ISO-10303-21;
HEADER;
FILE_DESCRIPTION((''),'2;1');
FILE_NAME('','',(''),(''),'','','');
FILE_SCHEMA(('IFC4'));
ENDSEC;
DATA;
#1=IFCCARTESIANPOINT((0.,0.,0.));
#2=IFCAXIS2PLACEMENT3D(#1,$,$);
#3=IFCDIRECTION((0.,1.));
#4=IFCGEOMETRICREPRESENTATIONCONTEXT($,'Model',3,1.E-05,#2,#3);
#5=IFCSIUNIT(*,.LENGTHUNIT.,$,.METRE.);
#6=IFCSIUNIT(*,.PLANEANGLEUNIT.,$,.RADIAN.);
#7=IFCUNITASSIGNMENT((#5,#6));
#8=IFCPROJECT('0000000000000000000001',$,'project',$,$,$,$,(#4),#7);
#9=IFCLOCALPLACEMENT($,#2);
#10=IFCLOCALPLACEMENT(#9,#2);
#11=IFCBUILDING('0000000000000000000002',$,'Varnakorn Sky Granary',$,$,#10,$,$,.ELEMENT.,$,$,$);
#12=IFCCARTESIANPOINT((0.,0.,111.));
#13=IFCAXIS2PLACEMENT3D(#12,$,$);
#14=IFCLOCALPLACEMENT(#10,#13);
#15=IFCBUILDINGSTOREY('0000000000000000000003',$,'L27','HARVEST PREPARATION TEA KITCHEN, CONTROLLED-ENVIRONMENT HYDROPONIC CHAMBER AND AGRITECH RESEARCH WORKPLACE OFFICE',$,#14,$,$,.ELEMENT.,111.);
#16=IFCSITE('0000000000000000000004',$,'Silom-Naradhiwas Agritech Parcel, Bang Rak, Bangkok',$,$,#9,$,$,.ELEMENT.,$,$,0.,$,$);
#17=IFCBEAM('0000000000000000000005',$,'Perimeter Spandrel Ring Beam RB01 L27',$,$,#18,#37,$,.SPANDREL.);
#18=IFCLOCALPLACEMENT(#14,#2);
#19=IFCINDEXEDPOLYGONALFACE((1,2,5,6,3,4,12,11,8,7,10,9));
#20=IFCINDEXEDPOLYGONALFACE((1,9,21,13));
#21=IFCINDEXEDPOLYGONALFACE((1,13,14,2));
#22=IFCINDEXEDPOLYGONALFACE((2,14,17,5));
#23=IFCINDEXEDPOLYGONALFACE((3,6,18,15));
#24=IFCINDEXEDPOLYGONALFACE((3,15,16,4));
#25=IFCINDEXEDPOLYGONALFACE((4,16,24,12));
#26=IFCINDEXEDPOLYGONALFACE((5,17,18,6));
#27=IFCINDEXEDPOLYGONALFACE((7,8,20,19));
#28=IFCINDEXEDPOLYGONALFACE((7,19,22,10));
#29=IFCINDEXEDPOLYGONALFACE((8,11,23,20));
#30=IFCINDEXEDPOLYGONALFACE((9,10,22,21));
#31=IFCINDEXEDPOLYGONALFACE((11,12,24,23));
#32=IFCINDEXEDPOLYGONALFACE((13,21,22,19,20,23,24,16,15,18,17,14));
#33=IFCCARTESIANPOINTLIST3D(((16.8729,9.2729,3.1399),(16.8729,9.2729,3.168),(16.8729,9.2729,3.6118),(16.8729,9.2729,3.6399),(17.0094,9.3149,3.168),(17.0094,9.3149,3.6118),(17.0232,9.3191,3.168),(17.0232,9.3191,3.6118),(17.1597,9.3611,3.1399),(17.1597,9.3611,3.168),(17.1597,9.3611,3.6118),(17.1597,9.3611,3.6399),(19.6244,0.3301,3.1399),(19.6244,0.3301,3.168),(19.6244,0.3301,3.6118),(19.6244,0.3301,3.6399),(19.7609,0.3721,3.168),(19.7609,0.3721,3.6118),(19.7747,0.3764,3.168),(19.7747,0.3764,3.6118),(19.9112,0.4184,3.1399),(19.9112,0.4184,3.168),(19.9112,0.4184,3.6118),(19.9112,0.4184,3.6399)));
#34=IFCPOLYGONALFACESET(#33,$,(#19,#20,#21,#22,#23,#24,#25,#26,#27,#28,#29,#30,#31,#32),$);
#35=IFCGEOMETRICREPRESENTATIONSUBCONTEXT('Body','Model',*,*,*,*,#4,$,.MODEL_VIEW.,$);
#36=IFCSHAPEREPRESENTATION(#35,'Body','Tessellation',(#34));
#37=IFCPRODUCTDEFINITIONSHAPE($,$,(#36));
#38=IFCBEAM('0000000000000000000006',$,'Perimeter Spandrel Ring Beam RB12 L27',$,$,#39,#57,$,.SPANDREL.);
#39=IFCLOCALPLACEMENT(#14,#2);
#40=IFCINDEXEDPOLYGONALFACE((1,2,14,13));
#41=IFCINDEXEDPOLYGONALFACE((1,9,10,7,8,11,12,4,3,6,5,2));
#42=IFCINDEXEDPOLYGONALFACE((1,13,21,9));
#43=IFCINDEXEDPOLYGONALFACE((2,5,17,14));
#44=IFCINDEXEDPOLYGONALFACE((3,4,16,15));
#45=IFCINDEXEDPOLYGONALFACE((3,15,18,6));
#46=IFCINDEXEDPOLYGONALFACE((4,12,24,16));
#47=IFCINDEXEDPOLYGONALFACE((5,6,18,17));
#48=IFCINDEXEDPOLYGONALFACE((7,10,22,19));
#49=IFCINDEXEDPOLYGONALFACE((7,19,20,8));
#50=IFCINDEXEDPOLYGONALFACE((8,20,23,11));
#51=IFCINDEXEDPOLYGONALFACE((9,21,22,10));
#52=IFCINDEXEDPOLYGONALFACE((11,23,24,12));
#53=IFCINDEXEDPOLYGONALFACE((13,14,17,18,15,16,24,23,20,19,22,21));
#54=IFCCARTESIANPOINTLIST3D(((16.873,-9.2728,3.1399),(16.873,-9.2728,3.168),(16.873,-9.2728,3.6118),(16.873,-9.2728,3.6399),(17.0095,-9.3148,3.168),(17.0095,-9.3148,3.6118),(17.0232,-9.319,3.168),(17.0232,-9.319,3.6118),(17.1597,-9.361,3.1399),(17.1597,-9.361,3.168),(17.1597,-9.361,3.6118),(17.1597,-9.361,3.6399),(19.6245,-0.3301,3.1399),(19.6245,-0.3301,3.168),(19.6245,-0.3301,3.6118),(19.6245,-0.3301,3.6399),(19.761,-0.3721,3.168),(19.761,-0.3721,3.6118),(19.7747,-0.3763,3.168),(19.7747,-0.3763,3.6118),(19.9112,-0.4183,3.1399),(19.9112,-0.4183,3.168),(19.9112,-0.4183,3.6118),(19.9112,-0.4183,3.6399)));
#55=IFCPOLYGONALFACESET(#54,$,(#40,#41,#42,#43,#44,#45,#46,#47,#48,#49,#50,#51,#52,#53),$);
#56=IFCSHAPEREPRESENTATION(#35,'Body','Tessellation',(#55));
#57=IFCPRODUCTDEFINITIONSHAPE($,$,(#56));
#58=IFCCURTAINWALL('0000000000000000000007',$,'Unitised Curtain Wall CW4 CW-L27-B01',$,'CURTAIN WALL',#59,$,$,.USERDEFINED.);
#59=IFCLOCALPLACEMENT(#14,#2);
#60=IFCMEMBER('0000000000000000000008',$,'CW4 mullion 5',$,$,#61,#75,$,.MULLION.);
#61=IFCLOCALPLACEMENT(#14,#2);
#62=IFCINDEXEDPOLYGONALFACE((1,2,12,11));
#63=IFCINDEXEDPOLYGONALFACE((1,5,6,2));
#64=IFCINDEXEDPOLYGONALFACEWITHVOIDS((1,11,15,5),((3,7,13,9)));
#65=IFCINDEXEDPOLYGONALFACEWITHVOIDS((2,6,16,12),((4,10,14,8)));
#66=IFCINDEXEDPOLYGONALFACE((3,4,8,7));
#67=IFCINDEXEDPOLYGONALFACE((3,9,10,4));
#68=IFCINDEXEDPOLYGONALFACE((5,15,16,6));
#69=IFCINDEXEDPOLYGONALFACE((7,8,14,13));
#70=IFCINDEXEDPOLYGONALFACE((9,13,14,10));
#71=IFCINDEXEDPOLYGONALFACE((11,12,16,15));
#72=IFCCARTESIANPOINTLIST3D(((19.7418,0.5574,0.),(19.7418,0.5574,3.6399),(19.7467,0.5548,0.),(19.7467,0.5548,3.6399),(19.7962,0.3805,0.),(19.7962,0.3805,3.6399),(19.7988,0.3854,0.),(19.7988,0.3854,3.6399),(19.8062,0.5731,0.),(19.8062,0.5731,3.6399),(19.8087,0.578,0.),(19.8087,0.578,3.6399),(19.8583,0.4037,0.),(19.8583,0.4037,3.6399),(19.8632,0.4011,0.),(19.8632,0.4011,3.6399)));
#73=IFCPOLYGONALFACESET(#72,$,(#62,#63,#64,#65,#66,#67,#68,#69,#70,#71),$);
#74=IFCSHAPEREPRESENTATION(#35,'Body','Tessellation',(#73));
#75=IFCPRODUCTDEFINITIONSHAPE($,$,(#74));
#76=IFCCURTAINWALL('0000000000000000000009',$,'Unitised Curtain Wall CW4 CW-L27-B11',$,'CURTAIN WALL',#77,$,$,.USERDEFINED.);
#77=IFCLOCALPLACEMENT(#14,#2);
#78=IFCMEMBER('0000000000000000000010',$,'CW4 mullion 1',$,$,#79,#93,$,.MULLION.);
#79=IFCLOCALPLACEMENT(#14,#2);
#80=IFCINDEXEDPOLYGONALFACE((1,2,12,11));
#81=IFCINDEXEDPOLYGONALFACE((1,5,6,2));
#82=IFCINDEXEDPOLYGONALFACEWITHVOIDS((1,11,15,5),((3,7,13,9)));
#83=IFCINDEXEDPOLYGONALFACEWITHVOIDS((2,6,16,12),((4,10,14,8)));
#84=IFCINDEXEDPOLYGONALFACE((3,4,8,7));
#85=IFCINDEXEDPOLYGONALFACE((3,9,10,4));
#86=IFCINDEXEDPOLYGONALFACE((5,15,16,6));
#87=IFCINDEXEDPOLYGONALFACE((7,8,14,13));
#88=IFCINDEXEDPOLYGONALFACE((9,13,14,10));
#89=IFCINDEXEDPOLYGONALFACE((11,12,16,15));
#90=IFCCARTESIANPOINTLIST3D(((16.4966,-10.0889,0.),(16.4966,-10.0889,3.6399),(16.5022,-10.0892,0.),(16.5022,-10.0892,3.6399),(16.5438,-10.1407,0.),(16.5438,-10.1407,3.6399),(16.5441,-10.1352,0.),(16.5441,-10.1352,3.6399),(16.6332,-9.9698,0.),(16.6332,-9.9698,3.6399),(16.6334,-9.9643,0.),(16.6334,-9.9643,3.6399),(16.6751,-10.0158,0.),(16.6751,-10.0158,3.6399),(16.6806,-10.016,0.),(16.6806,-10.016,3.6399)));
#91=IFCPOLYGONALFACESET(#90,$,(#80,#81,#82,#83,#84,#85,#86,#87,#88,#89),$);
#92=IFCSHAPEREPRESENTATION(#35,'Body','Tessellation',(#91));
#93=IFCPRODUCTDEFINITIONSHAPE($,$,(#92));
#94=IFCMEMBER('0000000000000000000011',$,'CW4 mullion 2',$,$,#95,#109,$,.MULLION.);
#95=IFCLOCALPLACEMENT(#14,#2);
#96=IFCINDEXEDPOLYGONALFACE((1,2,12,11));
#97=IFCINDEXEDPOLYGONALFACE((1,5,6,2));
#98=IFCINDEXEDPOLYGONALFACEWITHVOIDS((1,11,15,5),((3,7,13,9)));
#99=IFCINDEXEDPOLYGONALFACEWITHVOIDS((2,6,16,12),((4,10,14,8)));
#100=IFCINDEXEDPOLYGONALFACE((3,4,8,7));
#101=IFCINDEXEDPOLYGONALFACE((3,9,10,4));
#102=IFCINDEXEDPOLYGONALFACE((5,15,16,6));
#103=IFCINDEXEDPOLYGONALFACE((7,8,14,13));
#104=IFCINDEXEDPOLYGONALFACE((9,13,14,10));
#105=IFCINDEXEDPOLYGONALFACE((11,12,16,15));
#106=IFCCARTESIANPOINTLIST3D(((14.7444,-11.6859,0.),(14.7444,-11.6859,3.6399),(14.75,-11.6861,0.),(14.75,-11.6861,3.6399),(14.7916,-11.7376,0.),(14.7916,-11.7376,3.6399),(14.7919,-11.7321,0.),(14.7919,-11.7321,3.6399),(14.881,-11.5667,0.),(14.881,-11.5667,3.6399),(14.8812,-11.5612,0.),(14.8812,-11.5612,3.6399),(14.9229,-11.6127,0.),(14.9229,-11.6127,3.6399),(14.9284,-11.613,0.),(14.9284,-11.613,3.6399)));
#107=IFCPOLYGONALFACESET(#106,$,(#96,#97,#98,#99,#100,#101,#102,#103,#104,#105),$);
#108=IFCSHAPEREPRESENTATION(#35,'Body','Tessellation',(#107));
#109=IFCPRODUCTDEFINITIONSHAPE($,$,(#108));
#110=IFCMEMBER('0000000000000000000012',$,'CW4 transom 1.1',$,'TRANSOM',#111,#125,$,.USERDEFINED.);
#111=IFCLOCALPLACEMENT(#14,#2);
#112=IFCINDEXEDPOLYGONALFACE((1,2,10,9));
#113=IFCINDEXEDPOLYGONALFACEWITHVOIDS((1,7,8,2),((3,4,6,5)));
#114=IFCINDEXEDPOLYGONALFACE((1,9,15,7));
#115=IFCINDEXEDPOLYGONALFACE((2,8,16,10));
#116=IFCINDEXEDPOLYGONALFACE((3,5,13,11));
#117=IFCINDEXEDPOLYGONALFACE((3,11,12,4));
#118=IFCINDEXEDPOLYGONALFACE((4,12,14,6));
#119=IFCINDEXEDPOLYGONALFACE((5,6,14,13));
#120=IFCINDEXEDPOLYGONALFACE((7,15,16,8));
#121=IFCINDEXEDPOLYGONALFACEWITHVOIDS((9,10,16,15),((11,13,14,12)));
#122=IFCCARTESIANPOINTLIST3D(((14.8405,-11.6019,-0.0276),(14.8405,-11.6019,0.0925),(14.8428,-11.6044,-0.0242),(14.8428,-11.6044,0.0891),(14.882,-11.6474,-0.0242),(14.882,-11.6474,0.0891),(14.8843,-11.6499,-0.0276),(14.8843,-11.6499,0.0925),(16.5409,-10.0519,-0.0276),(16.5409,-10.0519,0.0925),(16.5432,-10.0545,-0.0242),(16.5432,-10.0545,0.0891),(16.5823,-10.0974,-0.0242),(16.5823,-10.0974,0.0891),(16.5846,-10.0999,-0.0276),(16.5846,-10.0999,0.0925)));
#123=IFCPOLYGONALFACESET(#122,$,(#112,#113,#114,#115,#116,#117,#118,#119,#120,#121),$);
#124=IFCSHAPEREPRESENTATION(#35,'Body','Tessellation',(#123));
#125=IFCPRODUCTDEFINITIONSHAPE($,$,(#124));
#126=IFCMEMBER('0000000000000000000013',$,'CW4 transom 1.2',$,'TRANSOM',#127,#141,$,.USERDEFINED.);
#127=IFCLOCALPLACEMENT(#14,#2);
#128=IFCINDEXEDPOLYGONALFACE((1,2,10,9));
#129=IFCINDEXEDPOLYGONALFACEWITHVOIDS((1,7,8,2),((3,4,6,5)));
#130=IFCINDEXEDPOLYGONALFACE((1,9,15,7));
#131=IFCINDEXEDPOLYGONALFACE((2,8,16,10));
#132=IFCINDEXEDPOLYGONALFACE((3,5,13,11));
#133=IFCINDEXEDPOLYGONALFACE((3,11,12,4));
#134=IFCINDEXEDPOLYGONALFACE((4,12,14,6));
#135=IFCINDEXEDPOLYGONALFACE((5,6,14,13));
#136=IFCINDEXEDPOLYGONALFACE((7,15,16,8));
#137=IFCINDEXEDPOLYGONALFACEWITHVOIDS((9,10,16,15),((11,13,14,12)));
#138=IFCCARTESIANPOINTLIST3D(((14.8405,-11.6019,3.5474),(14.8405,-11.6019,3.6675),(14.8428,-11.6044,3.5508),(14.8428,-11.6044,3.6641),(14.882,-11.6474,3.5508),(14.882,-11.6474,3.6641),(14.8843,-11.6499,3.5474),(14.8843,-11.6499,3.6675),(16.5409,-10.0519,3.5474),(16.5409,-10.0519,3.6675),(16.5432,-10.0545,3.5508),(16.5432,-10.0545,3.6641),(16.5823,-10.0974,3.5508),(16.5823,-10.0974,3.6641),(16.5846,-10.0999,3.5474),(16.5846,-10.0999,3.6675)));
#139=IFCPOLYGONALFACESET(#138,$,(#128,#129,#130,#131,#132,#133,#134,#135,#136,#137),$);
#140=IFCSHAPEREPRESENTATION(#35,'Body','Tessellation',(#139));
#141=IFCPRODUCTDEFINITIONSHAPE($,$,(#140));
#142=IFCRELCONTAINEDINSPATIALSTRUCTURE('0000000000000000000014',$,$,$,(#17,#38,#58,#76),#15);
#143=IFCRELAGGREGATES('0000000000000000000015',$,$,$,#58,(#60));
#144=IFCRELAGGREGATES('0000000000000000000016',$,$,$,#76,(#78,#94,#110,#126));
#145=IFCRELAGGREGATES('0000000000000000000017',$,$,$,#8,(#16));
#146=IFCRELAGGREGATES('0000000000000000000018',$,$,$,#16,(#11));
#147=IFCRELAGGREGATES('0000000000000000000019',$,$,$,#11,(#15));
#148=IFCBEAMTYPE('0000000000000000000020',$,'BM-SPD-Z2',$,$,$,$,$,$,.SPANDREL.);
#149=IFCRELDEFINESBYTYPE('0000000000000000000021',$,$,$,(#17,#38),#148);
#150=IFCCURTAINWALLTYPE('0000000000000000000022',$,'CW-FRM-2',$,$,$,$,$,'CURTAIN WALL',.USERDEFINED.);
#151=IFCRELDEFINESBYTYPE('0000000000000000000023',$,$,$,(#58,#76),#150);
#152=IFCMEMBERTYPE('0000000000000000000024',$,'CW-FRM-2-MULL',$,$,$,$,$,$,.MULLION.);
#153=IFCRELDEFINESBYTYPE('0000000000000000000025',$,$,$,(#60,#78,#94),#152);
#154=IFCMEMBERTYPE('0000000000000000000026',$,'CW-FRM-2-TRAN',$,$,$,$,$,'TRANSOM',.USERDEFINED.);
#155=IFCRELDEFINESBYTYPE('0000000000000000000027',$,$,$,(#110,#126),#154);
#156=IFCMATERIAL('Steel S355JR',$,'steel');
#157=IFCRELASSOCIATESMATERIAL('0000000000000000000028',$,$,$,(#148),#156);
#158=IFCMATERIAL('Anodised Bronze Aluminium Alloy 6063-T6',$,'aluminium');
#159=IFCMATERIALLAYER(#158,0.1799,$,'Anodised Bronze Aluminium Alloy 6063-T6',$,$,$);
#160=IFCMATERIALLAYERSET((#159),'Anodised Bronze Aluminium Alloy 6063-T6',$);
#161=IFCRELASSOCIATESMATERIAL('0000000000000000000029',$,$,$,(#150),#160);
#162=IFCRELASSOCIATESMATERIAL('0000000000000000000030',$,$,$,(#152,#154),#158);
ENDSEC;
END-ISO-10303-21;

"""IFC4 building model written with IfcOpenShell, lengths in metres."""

from ifc_helpers import new_model, si_unit, direction, frame, origin, origin_2d, place, context, subcontext, project, spatial, hollow_rectangle, i_section, extrude, material, layer, layer_set, material_profile, profile_set, type_object, element, aggregate, save


model = new_model("IFC4")

# Units and contexts
model_context = context("Model", 3, precision=1e-05, world=origin(), true_north=direction((0.0, 1.0)))
body_context = subcontext(model_context, "Body", "Model", "MODEL_VIEW")
ifc_project = project(units=[si_unit("LENGTHUNIT", "METRE"), si_unit("PLANEANGLEUNIT", "RADIAN")], contexts=[model_context])

# Site, building, storey
site_placement = place(None, origin())
site = spatial("IfcSite", under=ifc_project, at=site_placement, Name="Silom-Naradhiwas Agritech Parcel, Bang Rak, Bangkok", CompositionType="ELEMENT", RefElevation=0.0)
building_placement = place(site_placement, origin())
building = spatial("IfcBuilding", under=site, at=building_placement, Name="Varnakorn Sky Granary", CompositionType="ELEMENT")
storey_placement = place(building_placement, frame((0.0, 0.0, 111.0)))
storey = spatial("IfcBuildingStorey", under=building, at=storey_placement, Name="L27", Description="HARVEST PREPARATION TEA KITCHEN, CONTROLLED-ENVIRONMENT HYDROPONIC CHAMBER AND AGRITECH RESEARCH WORKPLACE OFFICE", CompositionType="ELEMENT", Elevation=111.0)

# Beams
ifc_material_1 = material(Name="Steel S355JR", Category="steel")
ifc_material_profile_1 = material_profile(ifc_material_1, i_section(OverallWidth=0.3, OverallDepth=0.5, WebThickness=0.0144, FlangeThickness=0.0281, at=origin_2d()), Name="HE 500 B")
ifc_profile_set_1 = profile_set([ifc_material_profile_1], Name="Steel S355JR")
beam_type_1 = type_object("IfcBeamType", Name="BM-SPD-Z2", PredefinedType="SPANDREL", material=ifc_profile_set_1)
for number, where, z_axis, x_axis, name in (
    (1, (19.7678, 0.3743, 3.3899), (-0.294075, 0.955782, 0.0), (-0.955782, -0.294075, 0.0), "Perimeter Spandrel Ring Beam RB01 L27"),
    (2, (17.0164, -9.3169, 3.3899), (0.294075, 0.955782, 0.0), (-0.955782, 0.294075, 0.0), "Perimeter Spandrel Ring Beam RB12 L27"),
):
    element("IfcBeam", number, at=place(storey_placement, frame(where, z_axis=z_axis, x_axis=x_axis)), inside=storey, type_object=beam_type_1, Name=name, PredefinedType="SPANDREL", context=body_context, shape_type="SweptSolid", body=[
        extrude(i_section(OverallWidth=0.3, OverallDepth=0.5, WebThickness=0.0144, FlangeThickness=0.0281, at=origin_2d()), origin(), (0.0, 0.0, 1.0), 9.3564),
    ])

# Curtain wall, member
ifc_material_2 = material(Name="Anodised Bronze Aluminium Alloy 6063-T6", Category="aluminium")
ifc_layer_1 = layer(ifc_material_2, 0.1799, Name="Anodised Bronze Aluminium Alloy 6063-T6")
ifc_layer_set_1 = layer_set([ifc_layer_1], Name="Anodised Bronze Aluminium Alloy 6063-T6")
curtain_wall_type = type_object("IfcCurtainWallType", Name="CW-FRM-2", ElementType="CURTAIN WALL", PredefinedType="USERDEFINED", material=ifc_layer_set_1)
curtain_wall_1_placement = place(storey_placement, origin())
curtain_wall_1 = element("IfcCurtainWall", 3, at=curtain_wall_1_placement, inside=storey, type_object=curtain_wall_type, Name="Unitised Curtain Wall CW4 CW-L27-B01", ObjectType="CURTAIN WALL", PredefinedType="USERDEFINED")
ifc_material_profile_2 = material_profile(ifc_material_2, hollow_rectangle(XDim=0.0701, YDim=0.1851, WallThickness=0.0039, at=origin_2d()), Name="ALU MULL 70x185")
ifc_profile_set_2 = profile_set([ifc_material_profile_2], Name="Anodised Bronze Aluminium Alloy 6063-T6")
member_type_1 = type_object("IfcMemberType", Name="CW-FRM-2-MULL", PredefinedType="MULLION", material=ifc_profile_set_2)
member_1_placement = place(storey_placement, frame((19.8025, 0.4792, 0.0), z_axis=(0.0, 0.0, 1.0), x_axis=(0.955738, 0.294221, 0.0)))
member_1 = element("IfcMember", 4, at=member_1_placement, type_object=member_type_1, Name="CW4 mullion 5", PredefinedType="MULLION", context=body_context, shape_type="SweptSolid", body=[
    extrude(hollow_rectangle(XDim=0.0701, YDim=0.1851, WallThickness=0.0039, at=origin_2d()), origin(), (0.0, 0.0, 1.0), 3.6399),
])
aggregate(curtain_wall_1, [member_1])

# Curtain wall, members
curtain_wall_2_placement = place(storey_placement, origin())
curtain_wall_2 = element("IfcCurtainWall", 5, at=curtain_wall_2_placement, inside=storey, type_object=curtain_wall_type, Name="Unitised Curtain Wall CW4 CW-L27-B11", ObjectType="CURTAIN WALL", PredefinedType="USERDEFINED")
member_2_placement = place(storey_placement, frame((16.5886, -10.0525, 0.0), z_axis=(0.0, 0.0, 1.0), x_axis=(0.673654, -0.739047, 0.0)))
member_2 = element("IfcMember", 6, at=member_2_placement, type_object=member_type_1, Name="CW4 mullion 1", PredefinedType="MULLION", context=body_context, shape_type="SweptSolid", body=[
    extrude(hollow_rectangle(XDim=0.0701, YDim=0.1851, WallThickness=0.0039, at=origin_2d()), origin(), (0.0, 0.0, 1.0), 3.6399),
])
member_3_placement = place(storey_placement, frame((14.8364, -11.6494, 0.0), z_axis=(0.0, 0.0, 1.0), x_axis=(0.673654, -0.739047, 0.0)))
member_3 = element("IfcMember", 7, at=member_3_placement, type_object=member_type_1, Name="CW4 mullion 2", PredefinedType="MULLION", context=body_context, shape_type="SweptSolid", body=[
    extrude(hollow_rectangle(XDim=0.0701, YDim=0.1851, WallThickness=0.0039, at=origin_2d()), origin(), (0.0, 0.0, 1.0), 3.6399),
])
ifc_material_profile_3 = material_profile(ifc_material_2, hollow_rectangle(XDim=0.0649, YDim=0.1201, WallThickness=0.0034, at=origin_2d()), Name="ALU TRAN 65x120")
ifc_profile_set_3 = profile_set([ifc_material_profile_3], Name="Anodised Bronze Aluminium Alloy 6063-T6")
member_type_2 = type_object("IfcMemberType", Name="CW-FRM-2-TRAN", ElementType="TRANSOM", PredefinedType="USERDEFINED", material=ifc_profile_set_3)
member_4_placement = place(storey_placement, frame((16.5627, -10.0759, 0.0325), z_axis=(-0.739032, -0.67367, 0.0), x_axis=(0.67367, -0.739032, 0.0)))
member_4 = element("IfcMember", 8, at=member_4_placement, type_object=member_type_2, Name="CW4 transom 1.1", ObjectType="TRANSOM", PredefinedType="USERDEFINED", context=body_context, shape_type="SweptSolid", body=[
    extrude(hollow_rectangle(XDim=0.0649, YDim=0.1201, WallThickness=0.0034, at=origin_2d()), origin(), (0.0, 0.0, 1.0), 2.3008),
])
member_5_placement = place(storey_placement, frame((16.5627, -10.0759, 3.6074), z_axis=(-0.739032, -0.67367, 0.0), x_axis=(0.67367, -0.739032, 0.0)))
member_5 = element("IfcMember", 9, at=member_5_placement, type_object=member_type_2, Name="CW4 transom 1.2", ObjectType="TRANSOM", PredefinedType="USERDEFINED", context=body_context, shape_type="SweptSolid", body=[
    extrude(hollow_rectangle(XDim=0.0649, YDim=0.1201, WallThickness=0.0034, at=origin_2d()), origin(), (0.0, 0.0, 1.0), 2.3008),
])

aggregate(curtain_wall_2, [member_2, member_3, member_4, member_5])

save(model, "model.ifc")
